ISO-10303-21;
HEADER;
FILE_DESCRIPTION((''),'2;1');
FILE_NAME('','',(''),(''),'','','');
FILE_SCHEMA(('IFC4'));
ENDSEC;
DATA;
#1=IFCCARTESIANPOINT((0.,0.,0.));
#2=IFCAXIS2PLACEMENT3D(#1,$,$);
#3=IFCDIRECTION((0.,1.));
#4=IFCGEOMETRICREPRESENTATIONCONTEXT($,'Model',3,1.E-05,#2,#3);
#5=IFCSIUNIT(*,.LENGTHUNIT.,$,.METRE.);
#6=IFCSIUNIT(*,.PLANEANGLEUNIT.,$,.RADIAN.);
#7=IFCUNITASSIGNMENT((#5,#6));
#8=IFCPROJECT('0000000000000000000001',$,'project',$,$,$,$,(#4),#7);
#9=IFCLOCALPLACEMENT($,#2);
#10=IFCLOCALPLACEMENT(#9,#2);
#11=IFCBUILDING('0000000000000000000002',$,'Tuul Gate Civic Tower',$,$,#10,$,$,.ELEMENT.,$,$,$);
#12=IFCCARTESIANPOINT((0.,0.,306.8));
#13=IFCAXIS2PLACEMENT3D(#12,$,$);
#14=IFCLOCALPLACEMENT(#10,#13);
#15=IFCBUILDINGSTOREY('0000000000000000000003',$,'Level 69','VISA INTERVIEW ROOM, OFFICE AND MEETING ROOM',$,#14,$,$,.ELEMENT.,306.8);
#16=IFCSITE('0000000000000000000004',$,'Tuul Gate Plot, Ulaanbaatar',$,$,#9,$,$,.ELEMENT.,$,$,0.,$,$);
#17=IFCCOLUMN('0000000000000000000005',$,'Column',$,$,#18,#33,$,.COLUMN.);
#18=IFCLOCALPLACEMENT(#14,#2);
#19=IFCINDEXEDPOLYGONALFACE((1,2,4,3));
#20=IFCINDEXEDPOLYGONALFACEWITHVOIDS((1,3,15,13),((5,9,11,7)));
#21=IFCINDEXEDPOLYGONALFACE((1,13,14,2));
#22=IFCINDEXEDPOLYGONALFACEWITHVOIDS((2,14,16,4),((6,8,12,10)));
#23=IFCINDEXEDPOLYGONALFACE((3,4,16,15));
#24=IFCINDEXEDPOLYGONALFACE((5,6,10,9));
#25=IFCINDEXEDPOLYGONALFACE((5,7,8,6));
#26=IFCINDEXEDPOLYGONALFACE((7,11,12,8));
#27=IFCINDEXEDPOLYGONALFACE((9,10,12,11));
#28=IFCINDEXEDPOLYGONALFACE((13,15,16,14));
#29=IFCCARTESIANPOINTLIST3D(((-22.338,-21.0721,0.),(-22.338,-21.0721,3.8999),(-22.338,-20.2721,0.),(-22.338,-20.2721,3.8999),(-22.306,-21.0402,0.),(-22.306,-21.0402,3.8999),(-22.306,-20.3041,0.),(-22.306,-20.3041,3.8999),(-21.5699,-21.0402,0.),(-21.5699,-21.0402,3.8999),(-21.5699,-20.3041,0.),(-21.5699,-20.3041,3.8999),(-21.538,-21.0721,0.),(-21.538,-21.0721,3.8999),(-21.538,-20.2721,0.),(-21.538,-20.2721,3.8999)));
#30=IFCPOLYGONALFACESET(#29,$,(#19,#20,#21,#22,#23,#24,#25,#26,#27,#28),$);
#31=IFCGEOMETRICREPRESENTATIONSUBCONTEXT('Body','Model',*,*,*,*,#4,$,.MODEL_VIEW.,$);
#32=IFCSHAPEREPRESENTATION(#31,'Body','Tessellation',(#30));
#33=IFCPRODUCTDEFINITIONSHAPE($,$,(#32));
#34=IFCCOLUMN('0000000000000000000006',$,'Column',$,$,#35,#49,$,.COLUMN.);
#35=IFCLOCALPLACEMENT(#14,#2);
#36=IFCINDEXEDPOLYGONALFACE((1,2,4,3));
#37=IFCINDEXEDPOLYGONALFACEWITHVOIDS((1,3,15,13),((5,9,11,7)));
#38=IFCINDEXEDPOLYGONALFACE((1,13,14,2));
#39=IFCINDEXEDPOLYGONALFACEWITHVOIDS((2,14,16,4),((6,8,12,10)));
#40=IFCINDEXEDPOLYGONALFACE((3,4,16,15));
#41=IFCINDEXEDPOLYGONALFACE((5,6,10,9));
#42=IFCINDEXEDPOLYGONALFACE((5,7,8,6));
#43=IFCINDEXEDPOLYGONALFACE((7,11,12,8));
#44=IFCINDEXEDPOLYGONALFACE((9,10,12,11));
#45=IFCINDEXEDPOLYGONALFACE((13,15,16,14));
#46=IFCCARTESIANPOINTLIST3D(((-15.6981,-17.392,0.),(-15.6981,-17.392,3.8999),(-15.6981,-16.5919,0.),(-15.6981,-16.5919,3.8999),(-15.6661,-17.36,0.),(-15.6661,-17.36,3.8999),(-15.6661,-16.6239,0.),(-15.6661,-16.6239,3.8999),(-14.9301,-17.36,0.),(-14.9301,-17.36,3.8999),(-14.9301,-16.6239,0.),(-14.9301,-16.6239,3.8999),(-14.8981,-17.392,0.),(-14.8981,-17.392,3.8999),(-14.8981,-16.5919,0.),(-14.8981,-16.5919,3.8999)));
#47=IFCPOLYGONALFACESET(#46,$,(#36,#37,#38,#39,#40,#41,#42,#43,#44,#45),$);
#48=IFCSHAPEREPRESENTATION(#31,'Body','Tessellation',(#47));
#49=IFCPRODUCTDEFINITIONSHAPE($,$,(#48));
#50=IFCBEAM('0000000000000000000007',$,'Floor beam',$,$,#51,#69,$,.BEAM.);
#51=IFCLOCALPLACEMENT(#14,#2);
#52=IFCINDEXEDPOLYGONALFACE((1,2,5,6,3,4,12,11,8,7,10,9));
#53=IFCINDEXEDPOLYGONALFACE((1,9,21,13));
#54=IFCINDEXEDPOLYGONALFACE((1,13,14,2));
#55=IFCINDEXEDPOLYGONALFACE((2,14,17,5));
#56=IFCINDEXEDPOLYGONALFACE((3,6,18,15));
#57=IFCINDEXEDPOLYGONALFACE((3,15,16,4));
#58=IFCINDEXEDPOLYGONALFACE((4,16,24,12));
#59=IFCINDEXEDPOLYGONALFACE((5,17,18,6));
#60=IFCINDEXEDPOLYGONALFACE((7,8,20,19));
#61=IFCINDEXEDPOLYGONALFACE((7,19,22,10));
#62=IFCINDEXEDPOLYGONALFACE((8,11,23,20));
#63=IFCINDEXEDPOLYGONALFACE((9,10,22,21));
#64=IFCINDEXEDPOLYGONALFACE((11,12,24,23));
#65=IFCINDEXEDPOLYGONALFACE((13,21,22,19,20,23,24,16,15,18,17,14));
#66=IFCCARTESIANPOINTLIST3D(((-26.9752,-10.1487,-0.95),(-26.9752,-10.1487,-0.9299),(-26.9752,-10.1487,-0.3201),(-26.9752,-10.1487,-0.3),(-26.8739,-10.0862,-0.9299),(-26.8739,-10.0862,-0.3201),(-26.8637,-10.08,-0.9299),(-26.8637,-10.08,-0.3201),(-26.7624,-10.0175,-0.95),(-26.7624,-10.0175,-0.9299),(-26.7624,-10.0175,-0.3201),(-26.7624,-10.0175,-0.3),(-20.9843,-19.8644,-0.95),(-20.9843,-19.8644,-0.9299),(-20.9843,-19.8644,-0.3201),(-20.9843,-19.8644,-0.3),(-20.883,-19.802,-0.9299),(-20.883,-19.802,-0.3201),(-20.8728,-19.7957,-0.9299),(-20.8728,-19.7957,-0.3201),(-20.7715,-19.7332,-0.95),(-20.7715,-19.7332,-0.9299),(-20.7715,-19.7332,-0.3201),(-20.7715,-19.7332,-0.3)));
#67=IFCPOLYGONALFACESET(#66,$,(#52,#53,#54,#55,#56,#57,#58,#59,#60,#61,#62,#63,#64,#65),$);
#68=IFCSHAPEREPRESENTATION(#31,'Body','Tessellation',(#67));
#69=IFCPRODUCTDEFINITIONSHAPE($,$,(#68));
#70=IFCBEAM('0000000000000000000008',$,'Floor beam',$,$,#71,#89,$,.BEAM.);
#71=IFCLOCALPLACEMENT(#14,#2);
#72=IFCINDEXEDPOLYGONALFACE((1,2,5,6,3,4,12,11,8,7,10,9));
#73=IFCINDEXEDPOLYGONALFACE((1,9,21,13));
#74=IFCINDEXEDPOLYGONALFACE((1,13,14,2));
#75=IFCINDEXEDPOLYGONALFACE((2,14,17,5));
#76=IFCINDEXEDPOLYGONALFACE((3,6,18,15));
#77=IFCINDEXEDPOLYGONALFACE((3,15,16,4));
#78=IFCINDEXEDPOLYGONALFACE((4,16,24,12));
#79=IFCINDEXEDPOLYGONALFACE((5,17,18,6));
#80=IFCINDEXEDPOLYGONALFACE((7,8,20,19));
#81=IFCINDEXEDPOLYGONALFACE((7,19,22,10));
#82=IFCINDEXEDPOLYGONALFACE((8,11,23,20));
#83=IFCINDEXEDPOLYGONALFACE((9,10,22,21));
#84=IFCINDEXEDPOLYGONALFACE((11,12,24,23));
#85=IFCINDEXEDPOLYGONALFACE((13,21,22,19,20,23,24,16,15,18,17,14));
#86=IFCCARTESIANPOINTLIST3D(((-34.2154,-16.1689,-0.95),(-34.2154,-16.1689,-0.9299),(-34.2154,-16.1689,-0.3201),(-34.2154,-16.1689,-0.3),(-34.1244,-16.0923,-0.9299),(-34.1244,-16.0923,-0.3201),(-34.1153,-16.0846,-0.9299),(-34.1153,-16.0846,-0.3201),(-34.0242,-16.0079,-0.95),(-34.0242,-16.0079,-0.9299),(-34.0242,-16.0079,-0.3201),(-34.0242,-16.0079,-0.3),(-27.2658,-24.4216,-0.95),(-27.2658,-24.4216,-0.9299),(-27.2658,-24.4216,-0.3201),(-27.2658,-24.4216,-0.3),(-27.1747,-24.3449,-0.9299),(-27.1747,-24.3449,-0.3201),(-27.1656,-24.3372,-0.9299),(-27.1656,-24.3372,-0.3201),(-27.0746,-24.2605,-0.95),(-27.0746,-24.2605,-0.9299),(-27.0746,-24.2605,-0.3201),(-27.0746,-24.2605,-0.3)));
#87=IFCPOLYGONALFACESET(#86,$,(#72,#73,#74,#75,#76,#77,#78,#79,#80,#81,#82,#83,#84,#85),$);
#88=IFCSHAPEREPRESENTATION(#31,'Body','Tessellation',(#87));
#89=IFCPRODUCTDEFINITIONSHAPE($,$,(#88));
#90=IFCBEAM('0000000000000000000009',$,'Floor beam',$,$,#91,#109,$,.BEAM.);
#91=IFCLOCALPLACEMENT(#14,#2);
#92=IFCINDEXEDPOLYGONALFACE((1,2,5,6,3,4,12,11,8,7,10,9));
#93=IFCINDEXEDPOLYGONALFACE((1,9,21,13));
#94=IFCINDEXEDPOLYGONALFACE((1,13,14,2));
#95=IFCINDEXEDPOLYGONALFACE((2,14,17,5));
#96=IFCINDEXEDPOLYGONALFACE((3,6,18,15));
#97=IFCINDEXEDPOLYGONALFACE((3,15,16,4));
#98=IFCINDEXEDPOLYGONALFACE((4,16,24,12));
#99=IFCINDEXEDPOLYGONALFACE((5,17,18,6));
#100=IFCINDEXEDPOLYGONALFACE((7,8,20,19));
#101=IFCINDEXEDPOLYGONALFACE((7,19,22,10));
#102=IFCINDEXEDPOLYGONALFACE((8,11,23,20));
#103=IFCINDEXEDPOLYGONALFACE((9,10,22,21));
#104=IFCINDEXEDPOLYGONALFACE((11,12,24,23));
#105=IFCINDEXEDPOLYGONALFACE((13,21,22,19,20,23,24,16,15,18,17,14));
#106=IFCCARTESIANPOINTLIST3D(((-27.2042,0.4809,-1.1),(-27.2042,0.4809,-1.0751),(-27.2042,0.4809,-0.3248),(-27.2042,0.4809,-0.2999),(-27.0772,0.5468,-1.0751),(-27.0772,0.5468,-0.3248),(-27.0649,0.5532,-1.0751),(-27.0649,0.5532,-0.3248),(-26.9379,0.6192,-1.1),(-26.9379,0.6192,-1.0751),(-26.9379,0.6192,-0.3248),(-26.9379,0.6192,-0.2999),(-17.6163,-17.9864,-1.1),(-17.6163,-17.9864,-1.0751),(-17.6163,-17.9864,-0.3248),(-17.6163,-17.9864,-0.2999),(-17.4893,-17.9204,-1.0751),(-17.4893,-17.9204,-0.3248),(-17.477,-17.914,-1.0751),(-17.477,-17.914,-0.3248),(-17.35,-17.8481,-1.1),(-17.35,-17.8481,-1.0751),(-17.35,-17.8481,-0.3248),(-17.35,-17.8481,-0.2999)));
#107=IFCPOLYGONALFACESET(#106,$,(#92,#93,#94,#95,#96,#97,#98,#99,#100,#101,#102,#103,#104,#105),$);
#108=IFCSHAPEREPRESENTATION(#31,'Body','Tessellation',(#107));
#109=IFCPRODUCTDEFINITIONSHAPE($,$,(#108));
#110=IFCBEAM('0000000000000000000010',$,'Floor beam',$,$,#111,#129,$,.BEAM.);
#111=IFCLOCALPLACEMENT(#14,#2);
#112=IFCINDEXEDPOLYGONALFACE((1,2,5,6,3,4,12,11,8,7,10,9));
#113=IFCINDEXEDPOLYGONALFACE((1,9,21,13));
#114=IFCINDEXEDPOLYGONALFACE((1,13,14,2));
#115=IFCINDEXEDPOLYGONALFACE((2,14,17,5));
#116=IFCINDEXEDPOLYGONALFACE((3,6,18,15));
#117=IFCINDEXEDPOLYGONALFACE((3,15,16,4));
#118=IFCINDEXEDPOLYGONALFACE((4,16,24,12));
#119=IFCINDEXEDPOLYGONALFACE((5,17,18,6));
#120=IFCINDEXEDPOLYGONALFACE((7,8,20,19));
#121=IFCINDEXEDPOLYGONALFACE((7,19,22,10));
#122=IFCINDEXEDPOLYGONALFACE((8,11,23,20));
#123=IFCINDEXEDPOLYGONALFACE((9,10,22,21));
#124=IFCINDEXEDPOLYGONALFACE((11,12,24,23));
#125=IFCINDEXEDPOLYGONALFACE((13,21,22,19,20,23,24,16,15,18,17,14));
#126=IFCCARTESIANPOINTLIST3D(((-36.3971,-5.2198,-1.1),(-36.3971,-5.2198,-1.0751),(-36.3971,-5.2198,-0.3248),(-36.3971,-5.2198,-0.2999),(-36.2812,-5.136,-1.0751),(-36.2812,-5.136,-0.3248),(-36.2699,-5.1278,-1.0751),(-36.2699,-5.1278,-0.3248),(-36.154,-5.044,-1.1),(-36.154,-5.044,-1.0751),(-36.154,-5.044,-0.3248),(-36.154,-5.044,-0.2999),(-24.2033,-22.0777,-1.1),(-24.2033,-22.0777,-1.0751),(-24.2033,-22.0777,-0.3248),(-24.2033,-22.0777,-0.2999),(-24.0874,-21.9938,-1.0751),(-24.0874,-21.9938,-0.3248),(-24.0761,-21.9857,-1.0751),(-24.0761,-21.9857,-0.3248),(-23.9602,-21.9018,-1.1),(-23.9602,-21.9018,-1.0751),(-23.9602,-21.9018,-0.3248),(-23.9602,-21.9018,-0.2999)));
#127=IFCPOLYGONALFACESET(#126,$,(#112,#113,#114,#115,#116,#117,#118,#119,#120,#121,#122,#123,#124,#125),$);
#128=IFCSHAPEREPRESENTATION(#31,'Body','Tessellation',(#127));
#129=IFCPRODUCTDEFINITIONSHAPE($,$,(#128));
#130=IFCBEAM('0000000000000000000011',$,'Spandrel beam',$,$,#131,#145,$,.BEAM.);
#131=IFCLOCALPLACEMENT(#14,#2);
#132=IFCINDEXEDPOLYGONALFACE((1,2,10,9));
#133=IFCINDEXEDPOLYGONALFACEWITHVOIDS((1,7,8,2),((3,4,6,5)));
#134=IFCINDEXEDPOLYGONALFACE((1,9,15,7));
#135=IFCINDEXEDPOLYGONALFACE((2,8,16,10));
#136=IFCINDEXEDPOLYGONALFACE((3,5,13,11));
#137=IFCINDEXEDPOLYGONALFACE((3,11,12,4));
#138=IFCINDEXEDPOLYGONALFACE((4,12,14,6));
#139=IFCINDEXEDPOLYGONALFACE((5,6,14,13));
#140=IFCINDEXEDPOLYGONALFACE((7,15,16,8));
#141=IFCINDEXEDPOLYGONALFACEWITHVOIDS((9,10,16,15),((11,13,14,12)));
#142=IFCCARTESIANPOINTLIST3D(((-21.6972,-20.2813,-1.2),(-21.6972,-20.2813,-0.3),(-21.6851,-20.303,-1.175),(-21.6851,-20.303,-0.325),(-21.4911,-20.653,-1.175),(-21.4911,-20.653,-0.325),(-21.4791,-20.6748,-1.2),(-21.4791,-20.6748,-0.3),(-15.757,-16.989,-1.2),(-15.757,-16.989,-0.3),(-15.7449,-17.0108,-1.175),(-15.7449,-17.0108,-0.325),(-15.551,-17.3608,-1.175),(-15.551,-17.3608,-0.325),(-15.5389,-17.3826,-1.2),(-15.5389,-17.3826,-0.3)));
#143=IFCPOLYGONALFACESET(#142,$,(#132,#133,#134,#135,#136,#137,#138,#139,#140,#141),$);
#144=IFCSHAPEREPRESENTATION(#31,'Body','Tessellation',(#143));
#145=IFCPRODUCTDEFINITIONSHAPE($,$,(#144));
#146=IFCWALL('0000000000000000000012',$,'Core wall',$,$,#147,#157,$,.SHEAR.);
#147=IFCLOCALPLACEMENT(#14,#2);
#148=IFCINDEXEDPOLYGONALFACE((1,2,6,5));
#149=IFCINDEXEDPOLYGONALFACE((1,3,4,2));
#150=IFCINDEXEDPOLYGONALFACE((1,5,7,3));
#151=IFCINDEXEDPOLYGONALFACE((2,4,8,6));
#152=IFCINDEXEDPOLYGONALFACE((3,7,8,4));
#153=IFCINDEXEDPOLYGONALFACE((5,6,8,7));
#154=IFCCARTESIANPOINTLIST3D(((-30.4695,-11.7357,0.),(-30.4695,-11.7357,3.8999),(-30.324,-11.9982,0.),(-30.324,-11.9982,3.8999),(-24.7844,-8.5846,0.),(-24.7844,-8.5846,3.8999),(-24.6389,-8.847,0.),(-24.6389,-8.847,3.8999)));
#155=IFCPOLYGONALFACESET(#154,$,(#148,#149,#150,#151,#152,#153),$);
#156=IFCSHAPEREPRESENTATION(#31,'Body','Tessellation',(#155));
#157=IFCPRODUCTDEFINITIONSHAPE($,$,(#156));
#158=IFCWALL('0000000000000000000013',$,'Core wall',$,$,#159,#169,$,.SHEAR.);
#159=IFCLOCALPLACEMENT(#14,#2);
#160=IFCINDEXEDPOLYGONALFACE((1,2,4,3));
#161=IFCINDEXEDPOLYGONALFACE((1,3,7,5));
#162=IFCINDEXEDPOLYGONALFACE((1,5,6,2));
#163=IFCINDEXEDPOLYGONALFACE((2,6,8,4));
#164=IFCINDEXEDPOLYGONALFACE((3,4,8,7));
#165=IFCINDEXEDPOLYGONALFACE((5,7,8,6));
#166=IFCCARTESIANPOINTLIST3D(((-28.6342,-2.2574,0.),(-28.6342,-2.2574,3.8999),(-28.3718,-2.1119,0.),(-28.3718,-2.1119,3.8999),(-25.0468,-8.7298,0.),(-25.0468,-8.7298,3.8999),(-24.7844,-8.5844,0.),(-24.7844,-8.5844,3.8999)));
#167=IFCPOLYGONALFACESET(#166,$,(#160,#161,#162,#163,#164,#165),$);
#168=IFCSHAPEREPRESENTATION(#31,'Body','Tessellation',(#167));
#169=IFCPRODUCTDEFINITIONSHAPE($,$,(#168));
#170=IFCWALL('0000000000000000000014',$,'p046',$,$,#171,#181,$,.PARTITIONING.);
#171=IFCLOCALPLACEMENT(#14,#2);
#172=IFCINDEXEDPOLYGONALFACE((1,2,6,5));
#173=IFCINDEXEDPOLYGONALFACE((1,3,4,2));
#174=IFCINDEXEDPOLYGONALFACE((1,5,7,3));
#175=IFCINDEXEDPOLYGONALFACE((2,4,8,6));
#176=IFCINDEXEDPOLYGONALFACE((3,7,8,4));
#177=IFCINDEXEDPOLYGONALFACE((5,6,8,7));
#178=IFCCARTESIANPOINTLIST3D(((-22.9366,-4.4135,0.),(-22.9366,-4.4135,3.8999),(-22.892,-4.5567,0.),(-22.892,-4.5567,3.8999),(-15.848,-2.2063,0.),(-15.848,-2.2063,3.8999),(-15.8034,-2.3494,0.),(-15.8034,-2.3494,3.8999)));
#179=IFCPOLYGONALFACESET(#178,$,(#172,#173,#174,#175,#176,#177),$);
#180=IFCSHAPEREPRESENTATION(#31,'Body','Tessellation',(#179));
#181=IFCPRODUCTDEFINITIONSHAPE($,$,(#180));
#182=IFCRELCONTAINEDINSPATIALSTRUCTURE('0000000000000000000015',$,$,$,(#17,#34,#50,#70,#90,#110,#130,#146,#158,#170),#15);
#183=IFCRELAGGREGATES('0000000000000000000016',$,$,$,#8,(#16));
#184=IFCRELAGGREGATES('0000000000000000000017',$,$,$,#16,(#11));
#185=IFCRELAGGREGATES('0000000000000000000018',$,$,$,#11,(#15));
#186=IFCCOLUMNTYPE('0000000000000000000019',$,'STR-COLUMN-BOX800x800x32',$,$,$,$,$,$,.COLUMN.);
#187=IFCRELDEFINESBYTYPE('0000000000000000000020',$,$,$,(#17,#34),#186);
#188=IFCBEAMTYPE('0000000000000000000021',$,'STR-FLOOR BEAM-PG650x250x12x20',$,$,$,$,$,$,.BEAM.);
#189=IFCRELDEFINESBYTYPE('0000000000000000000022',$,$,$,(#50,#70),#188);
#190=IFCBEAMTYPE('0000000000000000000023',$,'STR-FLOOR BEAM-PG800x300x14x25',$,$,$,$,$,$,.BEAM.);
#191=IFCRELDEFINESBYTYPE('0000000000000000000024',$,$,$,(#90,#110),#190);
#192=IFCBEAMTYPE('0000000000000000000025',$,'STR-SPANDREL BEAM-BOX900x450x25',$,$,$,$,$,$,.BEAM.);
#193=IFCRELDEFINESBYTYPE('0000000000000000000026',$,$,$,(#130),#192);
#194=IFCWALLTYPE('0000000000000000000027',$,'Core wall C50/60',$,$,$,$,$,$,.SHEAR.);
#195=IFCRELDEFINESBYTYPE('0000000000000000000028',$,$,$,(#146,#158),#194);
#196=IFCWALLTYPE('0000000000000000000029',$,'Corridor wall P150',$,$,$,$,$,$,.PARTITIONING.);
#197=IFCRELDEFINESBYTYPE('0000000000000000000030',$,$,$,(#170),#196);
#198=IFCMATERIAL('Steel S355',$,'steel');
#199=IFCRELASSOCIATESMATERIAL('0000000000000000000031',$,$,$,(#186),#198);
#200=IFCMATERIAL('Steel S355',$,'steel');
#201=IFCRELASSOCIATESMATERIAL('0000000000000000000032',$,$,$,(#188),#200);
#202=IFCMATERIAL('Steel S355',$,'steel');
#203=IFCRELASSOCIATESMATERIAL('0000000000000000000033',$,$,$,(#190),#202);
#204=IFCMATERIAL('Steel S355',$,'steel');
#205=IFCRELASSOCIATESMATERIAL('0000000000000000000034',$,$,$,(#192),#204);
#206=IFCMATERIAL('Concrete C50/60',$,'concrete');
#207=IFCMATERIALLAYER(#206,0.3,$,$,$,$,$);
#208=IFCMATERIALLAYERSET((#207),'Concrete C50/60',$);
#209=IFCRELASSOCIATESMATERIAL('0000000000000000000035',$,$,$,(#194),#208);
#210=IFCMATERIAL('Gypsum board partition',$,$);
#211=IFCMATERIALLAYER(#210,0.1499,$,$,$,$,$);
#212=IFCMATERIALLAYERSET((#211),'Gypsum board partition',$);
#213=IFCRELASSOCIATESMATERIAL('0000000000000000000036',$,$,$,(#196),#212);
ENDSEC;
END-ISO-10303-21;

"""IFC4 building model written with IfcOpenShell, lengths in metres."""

from ifc_helpers import new_model, si_unit, direction, frame, frame_2d, origin, origin_2d, place, context, subcontext, project, spatial, rectangle, hollow_rectangle, i_section, extrude, material, layer, layer_set, material_profile, profile_set, type_object, element, save


model = new_model("IFC4")

# Units and contexts
model_context = context("Model", 3, precision=1e-05, world=origin(), true_north=direction((0.0, 1.0)))
body_context = subcontext(model_context, "Body", "Model", "MODEL_VIEW")
ifc_project = project(units=[si_unit("LENGTHUNIT", "METRE"), si_unit("PLANEANGLEUNIT", "RADIAN")], contexts=[model_context])

# Site, building, storey
site_placement = place(None, origin())
site = spatial("IfcSite", under=ifc_project, at=site_placement, Name="Tuul Gate Plot, Ulaanbaatar", CompositionType="ELEMENT", RefElevation=0.0)
building_placement = place(site_placement, origin())
building = spatial("IfcBuilding", under=site, at=building_placement, Name="Tuul Gate Civic Tower", CompositionType="ELEMENT")
storey_placement = place(building_placement, frame((0.0, 0.0, 306.8)))
storey = spatial("IfcBuildingStorey", under=building, at=storey_placement, Name="Level 69", Description="VISA INTERVIEW ROOM, OFFICE AND MEETING ROOM", CompositionType="ELEMENT", Elevation=306.8)

# Columns
ifc_material_1 = material(Name="Steel S355", Category="steel")
ifc_material_profile_1 = material_profile(ifc_material_1, hollow_rectangle(XDim=0.8, YDim=0.8, WallThickness=0.032, at=origin_2d()), Name="BOX800x800x32")
ifc_profile_set_1 = profile_set([ifc_material_profile_1], Name="Steel S355")
column_type = type_object("IfcColumnType", Name="STR-COLUMN-BOX800x800x32", PredefinedType="COLUMN", material=ifc_profile_set_1)
for number, where, z_axis, x_axis, name in (
    (1, (-21.938, -20.6721, 0.0), (0.0, 0.0, 1.0), (1.0, 0.0, 0.0), "Column"),
    (2, (-15.2981, -16.9919, 0.0), (0.0, 0.0, 1.0), (1.0, 0.0, 0.0), "Column"),
):
    element("IfcColumn", number, at=place(storey_placement, frame(where, z_axis=z_axis, x_axis=x_axis)), inside=storey, type_object=column_type, Name=name, PredefinedType="COLUMN", context=body_context, shape_type="SweptSolid", body=[
        extrude(hollow_rectangle(XDim=0.8, YDim=0.8, WallThickness=0.032, at=origin_2d()), origin(), (0.0, 0.0, 1.0), 3.8999),
    ])

# Beams
ifc_material_2 = material(Name="Steel S355", Category="steel")
ifc_material_profile_2 = material_profile(ifc_material_2, i_section(OverallWidth=0.25, OverallDepth=0.6499, WebThickness=0.012, FlangeThickness=0.02, at=origin_2d()), Name="PG650x250x12x20")
ifc_profile_set_2 = profile_set([ifc_material_profile_2], Name="Steel S355")
beam_type_1 = type_object("IfcBeamType", Name="STR-FLOOR BEAM-PG650x250x12x20", PredefinedType="BEAM", material=ifc_profile_set_2)
beam_1_placement = place(storey_placement, frame((-20.8779, -19.7988, -0.625), z_axis=(-0.52486, 0.851189, 0.0), x_axis=(-0.851189, -0.52486, 0.0)))
element("IfcBeam", 3, at=beam_1_placement, inside=storey, type_object=beam_type_1, Name="Floor beam", PredefinedType="BEAM", context=body_context, shape_type="SweptSolid", body=[
    extrude(i_section(OverallWidth=0.25, OverallDepth=0.6499, WebThickness=0.012, FlangeThickness=0.02, at=origin_2d()), origin(), (0.0, 0.0, 1.0), 11.4143),
])
beam_2_placement = place(storey_placement, frame((-27.1702, -24.3411, -0.625), z_axis=(-0.64414, 0.764908, 0.0), x_axis=(-0.764908, -0.64414, 0.0)))
element("IfcBeam", 4, at=beam_2_placement, inside=storey, type_object=beam_type_1, Name="Floor beam", PredefinedType="BEAM", context=body_context, shape_type="SweptSolid", body=[
    extrude(i_section(OverallWidth=0.25, OverallDepth=0.6499, WebThickness=0.012, FlangeThickness=0.02, at=origin_2d()), origin(), (0.0, 0.0, 1.0), 10.7891),
])
ifc_material_3 = material(Name="Steel S355", Category="steel")
ifc_material_profile_3 = material_profile(ifc_material_3, i_section(OverallWidth=0.3, OverallDepth=0.8, WebThickness=0.0139, FlangeThickness=0.0249, at=origin_2d()), Name="PG800x300x14x25")
ifc_profile_set_3 = profile_set([ifc_material_profile_3], Name="Steel S355")
beam_type_2 = type_object("IfcBeamType", Name="STR-FLOOR BEAM-PG800x300x14x25", PredefinedType="BEAM", material=ifc_profile_set_3)
beam_3_placement = place(storey_placement, frame((-17.4832, -17.9172, -0.7), z_axis=(-0.460782, 0.887514, 0.0), x_axis=(-0.887514, -0.460782, 0.0)))
element("IfcBeam", 5, at=beam_3_placement, inside=storey, type_object=beam_type_2, Name="Floor beam", PredefinedType="BEAM", context=body_context, shape_type="SweptSolid", body=[
    extrude(i_section(OverallWidth=0.3, OverallDepth=0.8, WebThickness=0.0139, FlangeThickness=0.0249, at=origin_2d()), origin(), (0.0, 0.0, 1.0), 20.8079),
])
beam_4_placement = place(storey_placement, frame((-24.0818, -21.9897, -0.7), z_axis=(-0.586081, 0.810253, 0.0), x_axis=(-0.810253, -0.586081, 0.0)))
element("IfcBeam", 6, at=beam_4_placement, inside=storey, type_object=beam_type_2, Name="Floor beam", PredefinedType="BEAM", context=body_context, shape_type="SweptSolid", body=[
    extrude(i_section(OverallWidth=0.3, OverallDepth=0.8, WebThickness=0.0139, FlangeThickness=0.0249, at=origin_2d()), origin(), (0.0, 0.0, 1.0), 20.8057),
])
ifc_material_4 = material(Name="Steel S355", Category="steel")
ifc_material_profile_4 = material_profile(ifc_material_4, hollow_rectangle(XDim=0.45, YDim=0.8999, WallThickness=0.0249, at=origin_2d()), Name="BOX900x450x25")
ifc_profile_set_4 = profile_set([ifc_material_profile_4], Name="Steel S355")
beam_type_3 = type_object("IfcBeamType", Name="STR-SPANDREL BEAM-BOX900x450x25", PredefinedType="BEAM", material=ifc_profile_set_4)
beam_5_placement = place(storey_placement, frame((-21.5881, -20.478, -0.75), z_axis=(0.874649, 0.484758, 0.0), x_axis=(-0.484758, 0.874649, 0.0)))
element("IfcBeam", 7, at=beam_5_placement, inside=storey, type_object=beam_type_3, Name="Spandrel beam", PredefinedType="BEAM", context=body_context, shape_type="SweptSolid", body=[
    extrude(hollow_rectangle(XDim=0.45, YDim=0.8999, WallThickness=0.0249, at=origin_2d()), origin(), (0.0, 0.0, 1.0), 6.7915),
])

# Walls
ifc_material_5 = material(Name="Concrete C50/60", Category="concrete")
ifc_layer_1 = layer(ifc_material_5, 0.3)
ifc_layer_set_1 = layer_set([ifc_layer_1], Name="Concrete C50/60")
wall_type_1 = type_object("IfcWallType", Name="Core wall C50/60", PredefinedType="SHEAR", material=ifc_layer_set_1)
wall_1_placement = place(storey_placement, frame((-24.7117, -8.7158, 0.0), z_axis=(0.0, 0.0, 1.0), x_axis=(-0.87463, -0.484791, 0.0)))
element("IfcWall", 8, at=wall_1_placement, inside=storey, type_object=wall_type_1, Name="Core wall", PredefinedType="SHEAR", context=body_context, shape_type="SweptSolid", body=[
    extrude(rectangle(XDim=6.5, YDim=0.3, at=frame_2d((3.25, 0.0))), origin(), (0.0, 0.0, 1.0), 3.8999),
])
wall_2_placement = place(storey_placement, frame((-24.9155, -8.6572, 0.0), z_axis=(0.0, 0.0, 1.0), x_axis=(-0.484777, 0.874638, 0.0)))
element("IfcWall", 9, at=wall_2_placement, inside=storey, type_object=wall_type_1, Name="Core wall", PredefinedType="SHEAR", context=body_context, shape_type="SweptSolid", body=[
    extrude(rectangle(XDim=7.4001, YDim=0.3, at=frame_2d((3.7002, 0.0))), origin(), (0.0, 0.0, 1.0), 3.8999),
])
ifc_material_6 = material(Name="Gypsum board partition")
ifc_layer_2 = layer(ifc_material_6, 0.1499)
ifc_layer_set_2 = layer_set([ifc_layer_2], Name="Gypsum board partition")
wall_type_2 = type_object("IfcWallType", Name="Corridor wall P150", PredefinedType="PARTITIONING", material=ifc_layer_set_2)
wall_3_placement = place(storey_placement, frame((-22.9143, -4.4851, 0.0), z_axis=(0.0, 0.0, 1.0), x_axis=(0.954783, 0.297303, 0.0)))
element("IfcWall", 10, at=wall_3_placement, inside=storey, type_object=wall_type_2, Name="p046", PredefinedType="PARTITIONING", context=body_context, shape_type="SweptSolid", body=[
    extrude(rectangle(XDim=7.4243, YDim=0.1499, at=frame_2d((3.7122, 0.0))), origin(), (0.0, 0.0, 1.0), 3.8999),
])

save(model, "model.ifc")
